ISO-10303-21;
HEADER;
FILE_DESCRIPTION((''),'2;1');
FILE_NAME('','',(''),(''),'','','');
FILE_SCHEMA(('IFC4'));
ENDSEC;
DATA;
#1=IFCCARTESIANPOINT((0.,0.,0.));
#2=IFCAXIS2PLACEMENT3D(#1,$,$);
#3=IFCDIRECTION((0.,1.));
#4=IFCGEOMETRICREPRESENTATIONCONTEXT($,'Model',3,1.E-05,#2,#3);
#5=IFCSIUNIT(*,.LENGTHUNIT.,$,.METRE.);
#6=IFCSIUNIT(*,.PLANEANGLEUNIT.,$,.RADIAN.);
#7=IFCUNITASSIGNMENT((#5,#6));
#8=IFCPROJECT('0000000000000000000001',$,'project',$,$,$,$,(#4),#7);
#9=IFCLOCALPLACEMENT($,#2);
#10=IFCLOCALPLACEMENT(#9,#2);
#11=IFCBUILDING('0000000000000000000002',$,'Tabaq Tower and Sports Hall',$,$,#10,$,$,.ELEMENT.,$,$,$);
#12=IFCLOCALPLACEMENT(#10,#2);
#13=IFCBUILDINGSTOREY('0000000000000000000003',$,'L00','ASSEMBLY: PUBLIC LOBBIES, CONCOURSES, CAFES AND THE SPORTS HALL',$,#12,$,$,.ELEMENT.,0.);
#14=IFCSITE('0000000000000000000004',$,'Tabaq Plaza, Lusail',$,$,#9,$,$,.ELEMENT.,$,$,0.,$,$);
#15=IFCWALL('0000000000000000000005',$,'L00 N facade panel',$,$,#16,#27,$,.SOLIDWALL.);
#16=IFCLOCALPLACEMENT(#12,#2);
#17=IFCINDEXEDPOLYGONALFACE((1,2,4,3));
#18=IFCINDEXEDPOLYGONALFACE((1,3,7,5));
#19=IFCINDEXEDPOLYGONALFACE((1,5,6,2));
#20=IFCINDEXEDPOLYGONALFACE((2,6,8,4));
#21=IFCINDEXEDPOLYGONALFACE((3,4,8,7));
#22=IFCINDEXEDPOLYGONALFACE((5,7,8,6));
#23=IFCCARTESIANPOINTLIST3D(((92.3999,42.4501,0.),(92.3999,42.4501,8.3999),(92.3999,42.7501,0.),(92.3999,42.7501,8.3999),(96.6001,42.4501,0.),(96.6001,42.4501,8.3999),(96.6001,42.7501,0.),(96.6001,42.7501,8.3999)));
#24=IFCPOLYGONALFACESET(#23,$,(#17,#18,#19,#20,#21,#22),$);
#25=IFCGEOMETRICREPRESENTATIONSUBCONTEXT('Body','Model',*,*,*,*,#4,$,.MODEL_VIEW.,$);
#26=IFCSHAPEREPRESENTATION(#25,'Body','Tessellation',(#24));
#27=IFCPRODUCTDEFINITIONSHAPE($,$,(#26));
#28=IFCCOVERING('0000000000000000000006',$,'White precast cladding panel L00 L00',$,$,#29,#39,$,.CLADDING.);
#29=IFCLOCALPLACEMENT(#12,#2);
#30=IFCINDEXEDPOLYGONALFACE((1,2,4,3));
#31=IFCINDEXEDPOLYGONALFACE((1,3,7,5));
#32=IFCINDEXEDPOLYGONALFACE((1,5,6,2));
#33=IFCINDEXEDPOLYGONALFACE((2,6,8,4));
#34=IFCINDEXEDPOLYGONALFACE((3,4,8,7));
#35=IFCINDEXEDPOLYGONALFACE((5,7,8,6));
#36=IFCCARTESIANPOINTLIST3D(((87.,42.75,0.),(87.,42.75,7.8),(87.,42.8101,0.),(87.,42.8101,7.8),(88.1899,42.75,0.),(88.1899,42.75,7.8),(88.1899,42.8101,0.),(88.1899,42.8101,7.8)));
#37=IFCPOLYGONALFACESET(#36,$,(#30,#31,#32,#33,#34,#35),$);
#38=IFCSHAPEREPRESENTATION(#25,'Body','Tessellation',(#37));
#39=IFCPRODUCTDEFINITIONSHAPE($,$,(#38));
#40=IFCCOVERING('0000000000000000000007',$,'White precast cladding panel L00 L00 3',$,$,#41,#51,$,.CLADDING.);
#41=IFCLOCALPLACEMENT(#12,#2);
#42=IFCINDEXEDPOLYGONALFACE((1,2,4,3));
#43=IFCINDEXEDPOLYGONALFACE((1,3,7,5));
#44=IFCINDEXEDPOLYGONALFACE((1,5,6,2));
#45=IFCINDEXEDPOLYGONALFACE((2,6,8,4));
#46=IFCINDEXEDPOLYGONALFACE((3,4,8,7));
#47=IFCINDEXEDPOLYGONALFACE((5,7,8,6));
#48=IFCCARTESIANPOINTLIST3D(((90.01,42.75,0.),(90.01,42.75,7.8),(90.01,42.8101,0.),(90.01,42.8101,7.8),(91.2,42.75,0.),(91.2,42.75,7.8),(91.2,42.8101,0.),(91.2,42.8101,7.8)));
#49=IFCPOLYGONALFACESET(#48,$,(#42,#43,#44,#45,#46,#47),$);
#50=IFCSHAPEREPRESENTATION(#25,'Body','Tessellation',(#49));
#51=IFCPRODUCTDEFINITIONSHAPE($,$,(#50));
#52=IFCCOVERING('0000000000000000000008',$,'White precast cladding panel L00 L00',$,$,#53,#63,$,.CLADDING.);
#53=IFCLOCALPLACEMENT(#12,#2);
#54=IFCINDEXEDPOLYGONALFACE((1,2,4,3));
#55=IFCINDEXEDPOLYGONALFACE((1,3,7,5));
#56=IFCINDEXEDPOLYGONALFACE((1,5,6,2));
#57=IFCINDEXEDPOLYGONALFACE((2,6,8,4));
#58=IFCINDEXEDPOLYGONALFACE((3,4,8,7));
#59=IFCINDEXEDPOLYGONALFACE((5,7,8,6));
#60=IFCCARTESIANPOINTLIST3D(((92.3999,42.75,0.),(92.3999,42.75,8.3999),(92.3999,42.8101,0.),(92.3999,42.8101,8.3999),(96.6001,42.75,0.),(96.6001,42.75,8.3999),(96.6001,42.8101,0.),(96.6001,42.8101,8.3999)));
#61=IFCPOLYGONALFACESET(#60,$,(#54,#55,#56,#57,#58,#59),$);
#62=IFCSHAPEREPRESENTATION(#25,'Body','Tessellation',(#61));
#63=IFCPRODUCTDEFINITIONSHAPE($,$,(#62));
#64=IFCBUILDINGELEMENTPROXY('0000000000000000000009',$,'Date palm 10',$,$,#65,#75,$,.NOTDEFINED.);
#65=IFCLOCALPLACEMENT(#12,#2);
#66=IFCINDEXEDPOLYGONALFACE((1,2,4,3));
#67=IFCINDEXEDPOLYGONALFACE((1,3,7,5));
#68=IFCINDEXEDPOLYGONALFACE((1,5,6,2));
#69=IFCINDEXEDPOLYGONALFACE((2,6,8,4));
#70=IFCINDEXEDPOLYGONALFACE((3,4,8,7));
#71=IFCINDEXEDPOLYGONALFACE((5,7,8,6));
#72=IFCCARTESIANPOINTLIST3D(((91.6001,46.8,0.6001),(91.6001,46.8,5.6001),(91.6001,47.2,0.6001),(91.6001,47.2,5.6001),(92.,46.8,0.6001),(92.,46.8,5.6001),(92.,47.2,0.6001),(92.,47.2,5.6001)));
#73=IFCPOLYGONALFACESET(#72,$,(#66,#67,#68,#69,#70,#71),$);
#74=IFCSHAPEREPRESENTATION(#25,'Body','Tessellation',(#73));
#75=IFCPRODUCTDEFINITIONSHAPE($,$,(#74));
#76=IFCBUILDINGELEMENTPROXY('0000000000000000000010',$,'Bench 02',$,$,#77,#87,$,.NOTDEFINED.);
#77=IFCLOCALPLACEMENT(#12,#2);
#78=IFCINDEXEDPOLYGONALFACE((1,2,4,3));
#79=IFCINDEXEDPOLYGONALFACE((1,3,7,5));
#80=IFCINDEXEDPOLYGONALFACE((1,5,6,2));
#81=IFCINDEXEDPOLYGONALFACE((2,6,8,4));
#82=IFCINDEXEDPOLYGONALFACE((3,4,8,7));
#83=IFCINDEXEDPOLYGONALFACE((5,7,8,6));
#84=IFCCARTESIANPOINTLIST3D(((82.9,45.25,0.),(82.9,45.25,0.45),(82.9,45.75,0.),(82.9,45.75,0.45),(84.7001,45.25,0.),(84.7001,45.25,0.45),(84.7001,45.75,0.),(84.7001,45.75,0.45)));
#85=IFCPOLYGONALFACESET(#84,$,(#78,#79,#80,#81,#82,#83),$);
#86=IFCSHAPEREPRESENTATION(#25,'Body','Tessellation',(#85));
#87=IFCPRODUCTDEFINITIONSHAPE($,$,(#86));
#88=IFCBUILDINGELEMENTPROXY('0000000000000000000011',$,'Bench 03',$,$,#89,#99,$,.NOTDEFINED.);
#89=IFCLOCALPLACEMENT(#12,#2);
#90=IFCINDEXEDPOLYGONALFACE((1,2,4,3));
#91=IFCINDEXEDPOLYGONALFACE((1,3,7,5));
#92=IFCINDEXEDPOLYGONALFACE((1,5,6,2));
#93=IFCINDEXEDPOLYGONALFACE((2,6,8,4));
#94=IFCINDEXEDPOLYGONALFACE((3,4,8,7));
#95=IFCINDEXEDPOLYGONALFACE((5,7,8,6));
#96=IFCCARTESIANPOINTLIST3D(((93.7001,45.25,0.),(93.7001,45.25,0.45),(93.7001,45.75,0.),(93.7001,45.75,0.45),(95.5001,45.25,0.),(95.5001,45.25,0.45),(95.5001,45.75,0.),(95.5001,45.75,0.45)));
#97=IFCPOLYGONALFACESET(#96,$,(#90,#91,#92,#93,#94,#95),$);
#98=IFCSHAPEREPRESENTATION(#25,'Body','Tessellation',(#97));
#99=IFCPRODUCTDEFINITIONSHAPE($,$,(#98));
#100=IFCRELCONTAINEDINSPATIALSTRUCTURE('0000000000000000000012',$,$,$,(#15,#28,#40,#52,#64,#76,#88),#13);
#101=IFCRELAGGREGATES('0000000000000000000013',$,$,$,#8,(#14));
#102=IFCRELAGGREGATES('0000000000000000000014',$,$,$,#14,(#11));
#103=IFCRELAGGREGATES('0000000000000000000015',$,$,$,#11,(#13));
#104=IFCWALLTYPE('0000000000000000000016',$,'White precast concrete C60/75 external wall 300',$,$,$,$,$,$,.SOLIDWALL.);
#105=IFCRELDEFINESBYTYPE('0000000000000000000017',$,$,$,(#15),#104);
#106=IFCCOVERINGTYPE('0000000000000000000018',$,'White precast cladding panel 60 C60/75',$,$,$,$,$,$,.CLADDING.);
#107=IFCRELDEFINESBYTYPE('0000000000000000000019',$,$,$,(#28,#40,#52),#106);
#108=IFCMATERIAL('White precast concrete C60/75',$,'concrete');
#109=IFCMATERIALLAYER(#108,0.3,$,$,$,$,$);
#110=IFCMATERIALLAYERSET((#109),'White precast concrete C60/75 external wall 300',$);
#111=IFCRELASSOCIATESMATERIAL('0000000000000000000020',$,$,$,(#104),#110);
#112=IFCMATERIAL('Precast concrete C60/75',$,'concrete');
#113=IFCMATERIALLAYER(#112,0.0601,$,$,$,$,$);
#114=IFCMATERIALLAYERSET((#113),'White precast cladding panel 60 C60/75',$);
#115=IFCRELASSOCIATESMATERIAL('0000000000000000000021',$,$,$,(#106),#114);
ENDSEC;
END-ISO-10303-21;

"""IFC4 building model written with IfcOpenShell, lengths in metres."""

from ifc_helpers import new_model, si_unit, direction, frame, frame_2d, origin, origin_2d, place, context, subcontext, project, spatial, rectangle, extrude, material, layer, layer_set, type_object, element, save


model = new_model("IFC4")

# Units and contexts
model_context = context("Model", 3, precision=1e-05, world=origin(), true_north=direction((0.0, 1.0)))
body_context = subcontext(model_context, "Body", "Model", "MODEL_VIEW")
ifc_project = project(units=[si_unit("LENGTHUNIT", "METRE"), si_unit("PLANEANGLEUNIT", "RADIAN")], contexts=[model_context])

# Site, building, storey
site_placement = place(None, origin())
site = spatial("IfcSite", under=ifc_project, at=site_placement, Name="Tabaq Plaza, Lusail", CompositionType="ELEMENT", RefElevation=0.0)
building_placement = place(site_placement, origin())
building = spatial("IfcBuilding", under=site, at=building_placement, Name="Tabaq Tower and Sports Hall", CompositionType="ELEMENT")
storey_placement = place(building_placement, origin())
storey = spatial("IfcBuildingStorey", under=building, at=storey_placement, Name="L00", Description="ASSEMBLY: PUBLIC LOBBIES, CONCOURSES, CAFES AND THE SPORTS HALL", CompositionType="ELEMENT", Elevation=0.0)

# Shared definitions
ifc_material_1 = material(Name="White precast concrete C60/75", Category="concrete")
ifc_layer_1 = layer(ifc_material_1, 0.3)
ifc_layer_set_1 = layer_set([ifc_layer_1], Name="White precast concrete C60/75 external wall 300")
wall_type = type_object("IfcWallType", Name="White precast concrete C60/75 external wall 300", PredefinedType="SOLIDWALL", material=ifc_layer_set_1)

# Wall
wall_1_placement = place(storey_placement, frame((92.3999, 42.6001, 0.0), z_axis=(0.0, 0.0, 1.0), x_axis=(1.0, 0.0, 0.0)))
element("IfcWall", 1, at=wall_1_placement, inside=storey, type_object=wall_type, Name="L00 N facade panel", PredefinedType="SOLIDWALL", context=body_context, shape_type="SweptSolid", body=[
    extrude(rectangle(XDim=4.2002, YDim=0.3, at=frame_2d((2.1001, 0.0))), origin(), (0.0, 0.0, 1.0), 8.3999),
])

# Coverings
ifc_material_2 = material(Name="Precast concrete C60/75", Category="concrete")
ifc_layer_2 = layer(ifc_material_2, 0.0601)
ifc_layer_set_2 = layer_set([ifc_layer_2], Name="White precast cladding panel 60 C60/75")
covering_type = type_object("IfcCoveringType", Name="White precast cladding panel 60 C60/75", PredefinedType="CLADDING", material=ifc_layer_set_2)
covering_1_placement = place(storey_placement, frame((87.0, 42.78, 0.0), z_axis=(0.0, 0.0, 1.0), x_axis=(1.0, 0.0, 0.0)))
element("IfcCovering", 2, at=covering_1_placement, inside=storey, type_object=covering_type, Name="White precast cladding panel L00 L00", PredefinedType="CLADDING", context=body_context, shape_type="SweptSolid", body=[
    extrude(rectangle(XDim=1.1899, YDim=0.0601, at=frame_2d((0.595, 0.0))), origin(), (0.0, 0.0, 1.0), 7.8),
])
covering_2_placement = place(storey_placement, frame((90.01, 42.78, 0.0), z_axis=(0.0, 0.0, 1.0), x_axis=(1.0, 0.0, 0.0)))
element("IfcCovering", 3, at=covering_2_placement, inside=storey, type_object=covering_type, Name="White precast cladding panel L00 L00 3", PredefinedType="CLADDING", context=body_context, shape_type="SweptSolid", body=[
    extrude(rectangle(XDim=1.1899, YDim=0.0601, at=frame_2d((0.595, 0.0))), origin(), (0.0, 0.0, 1.0), 7.8),
])
covering_3_placement = place(storey_placement, frame((92.3999, 42.78, 0.0), z_axis=(0.0, 0.0, 1.0), x_axis=(1.0, 0.0, 0.0)))
element("IfcCovering", 4, at=covering_3_placement, inside=storey, type_object=covering_type, Name="White precast cladding panel L00 L00", PredefinedType="CLADDING", context=body_context, shape_type="SweptSolid", body=[
    extrude(rectangle(XDim=4.2002, YDim=0.0601, at=frame_2d((2.1001, 0.0))), origin(), (0.0, 0.0, 1.0), 8.3999),
])

# Building element proxies
proxy_placement = place(storey_placement, frame((91.8, 47.0, 0.6001), z_axis=(0.0, 0.0, 1.0), x_axis=(1.0, 0.0, 0.0)))
element("IfcBuildingElementProxy", 5, at=proxy_placement, inside=storey, Name="Date palm 10", PredefinedType="NOTDEFINED", context=body_context, shape_type="SweptSolid", body=[
    extrude(rectangle(XDim=0.3999, YDim=0.3999, at=origin_2d()), origin(), (0.0, 0.0, 1.0), 5.0),
])
for number, where, z_axis, x_axis, name in (
    (6, (83.8, 45.5, 0.0), (0.0, 0.0, 1.0), (1.0, 0.0, 0.0), "Bench 02"),
    (7, (94.6001, 45.5, 0.0), (0.0, 0.0, 1.0), (1.0, 0.0, 0.0), "Bench 03"),
):
    element("IfcBuildingElementProxy", number, at=place(storey_placement, frame(where, z_axis=z_axis, x_axis=x_axis)), inside=storey, Name=name, PredefinedType="NOTDEFINED", context=body_context, shape_type="SweptSolid", body=[
        extrude(rectangle(XDim=1.8, YDim=0.5, at=origin_2d()), origin(), (0.0, 0.0, 1.0), 0.45),
    ])

save(model, "model.ifc")
